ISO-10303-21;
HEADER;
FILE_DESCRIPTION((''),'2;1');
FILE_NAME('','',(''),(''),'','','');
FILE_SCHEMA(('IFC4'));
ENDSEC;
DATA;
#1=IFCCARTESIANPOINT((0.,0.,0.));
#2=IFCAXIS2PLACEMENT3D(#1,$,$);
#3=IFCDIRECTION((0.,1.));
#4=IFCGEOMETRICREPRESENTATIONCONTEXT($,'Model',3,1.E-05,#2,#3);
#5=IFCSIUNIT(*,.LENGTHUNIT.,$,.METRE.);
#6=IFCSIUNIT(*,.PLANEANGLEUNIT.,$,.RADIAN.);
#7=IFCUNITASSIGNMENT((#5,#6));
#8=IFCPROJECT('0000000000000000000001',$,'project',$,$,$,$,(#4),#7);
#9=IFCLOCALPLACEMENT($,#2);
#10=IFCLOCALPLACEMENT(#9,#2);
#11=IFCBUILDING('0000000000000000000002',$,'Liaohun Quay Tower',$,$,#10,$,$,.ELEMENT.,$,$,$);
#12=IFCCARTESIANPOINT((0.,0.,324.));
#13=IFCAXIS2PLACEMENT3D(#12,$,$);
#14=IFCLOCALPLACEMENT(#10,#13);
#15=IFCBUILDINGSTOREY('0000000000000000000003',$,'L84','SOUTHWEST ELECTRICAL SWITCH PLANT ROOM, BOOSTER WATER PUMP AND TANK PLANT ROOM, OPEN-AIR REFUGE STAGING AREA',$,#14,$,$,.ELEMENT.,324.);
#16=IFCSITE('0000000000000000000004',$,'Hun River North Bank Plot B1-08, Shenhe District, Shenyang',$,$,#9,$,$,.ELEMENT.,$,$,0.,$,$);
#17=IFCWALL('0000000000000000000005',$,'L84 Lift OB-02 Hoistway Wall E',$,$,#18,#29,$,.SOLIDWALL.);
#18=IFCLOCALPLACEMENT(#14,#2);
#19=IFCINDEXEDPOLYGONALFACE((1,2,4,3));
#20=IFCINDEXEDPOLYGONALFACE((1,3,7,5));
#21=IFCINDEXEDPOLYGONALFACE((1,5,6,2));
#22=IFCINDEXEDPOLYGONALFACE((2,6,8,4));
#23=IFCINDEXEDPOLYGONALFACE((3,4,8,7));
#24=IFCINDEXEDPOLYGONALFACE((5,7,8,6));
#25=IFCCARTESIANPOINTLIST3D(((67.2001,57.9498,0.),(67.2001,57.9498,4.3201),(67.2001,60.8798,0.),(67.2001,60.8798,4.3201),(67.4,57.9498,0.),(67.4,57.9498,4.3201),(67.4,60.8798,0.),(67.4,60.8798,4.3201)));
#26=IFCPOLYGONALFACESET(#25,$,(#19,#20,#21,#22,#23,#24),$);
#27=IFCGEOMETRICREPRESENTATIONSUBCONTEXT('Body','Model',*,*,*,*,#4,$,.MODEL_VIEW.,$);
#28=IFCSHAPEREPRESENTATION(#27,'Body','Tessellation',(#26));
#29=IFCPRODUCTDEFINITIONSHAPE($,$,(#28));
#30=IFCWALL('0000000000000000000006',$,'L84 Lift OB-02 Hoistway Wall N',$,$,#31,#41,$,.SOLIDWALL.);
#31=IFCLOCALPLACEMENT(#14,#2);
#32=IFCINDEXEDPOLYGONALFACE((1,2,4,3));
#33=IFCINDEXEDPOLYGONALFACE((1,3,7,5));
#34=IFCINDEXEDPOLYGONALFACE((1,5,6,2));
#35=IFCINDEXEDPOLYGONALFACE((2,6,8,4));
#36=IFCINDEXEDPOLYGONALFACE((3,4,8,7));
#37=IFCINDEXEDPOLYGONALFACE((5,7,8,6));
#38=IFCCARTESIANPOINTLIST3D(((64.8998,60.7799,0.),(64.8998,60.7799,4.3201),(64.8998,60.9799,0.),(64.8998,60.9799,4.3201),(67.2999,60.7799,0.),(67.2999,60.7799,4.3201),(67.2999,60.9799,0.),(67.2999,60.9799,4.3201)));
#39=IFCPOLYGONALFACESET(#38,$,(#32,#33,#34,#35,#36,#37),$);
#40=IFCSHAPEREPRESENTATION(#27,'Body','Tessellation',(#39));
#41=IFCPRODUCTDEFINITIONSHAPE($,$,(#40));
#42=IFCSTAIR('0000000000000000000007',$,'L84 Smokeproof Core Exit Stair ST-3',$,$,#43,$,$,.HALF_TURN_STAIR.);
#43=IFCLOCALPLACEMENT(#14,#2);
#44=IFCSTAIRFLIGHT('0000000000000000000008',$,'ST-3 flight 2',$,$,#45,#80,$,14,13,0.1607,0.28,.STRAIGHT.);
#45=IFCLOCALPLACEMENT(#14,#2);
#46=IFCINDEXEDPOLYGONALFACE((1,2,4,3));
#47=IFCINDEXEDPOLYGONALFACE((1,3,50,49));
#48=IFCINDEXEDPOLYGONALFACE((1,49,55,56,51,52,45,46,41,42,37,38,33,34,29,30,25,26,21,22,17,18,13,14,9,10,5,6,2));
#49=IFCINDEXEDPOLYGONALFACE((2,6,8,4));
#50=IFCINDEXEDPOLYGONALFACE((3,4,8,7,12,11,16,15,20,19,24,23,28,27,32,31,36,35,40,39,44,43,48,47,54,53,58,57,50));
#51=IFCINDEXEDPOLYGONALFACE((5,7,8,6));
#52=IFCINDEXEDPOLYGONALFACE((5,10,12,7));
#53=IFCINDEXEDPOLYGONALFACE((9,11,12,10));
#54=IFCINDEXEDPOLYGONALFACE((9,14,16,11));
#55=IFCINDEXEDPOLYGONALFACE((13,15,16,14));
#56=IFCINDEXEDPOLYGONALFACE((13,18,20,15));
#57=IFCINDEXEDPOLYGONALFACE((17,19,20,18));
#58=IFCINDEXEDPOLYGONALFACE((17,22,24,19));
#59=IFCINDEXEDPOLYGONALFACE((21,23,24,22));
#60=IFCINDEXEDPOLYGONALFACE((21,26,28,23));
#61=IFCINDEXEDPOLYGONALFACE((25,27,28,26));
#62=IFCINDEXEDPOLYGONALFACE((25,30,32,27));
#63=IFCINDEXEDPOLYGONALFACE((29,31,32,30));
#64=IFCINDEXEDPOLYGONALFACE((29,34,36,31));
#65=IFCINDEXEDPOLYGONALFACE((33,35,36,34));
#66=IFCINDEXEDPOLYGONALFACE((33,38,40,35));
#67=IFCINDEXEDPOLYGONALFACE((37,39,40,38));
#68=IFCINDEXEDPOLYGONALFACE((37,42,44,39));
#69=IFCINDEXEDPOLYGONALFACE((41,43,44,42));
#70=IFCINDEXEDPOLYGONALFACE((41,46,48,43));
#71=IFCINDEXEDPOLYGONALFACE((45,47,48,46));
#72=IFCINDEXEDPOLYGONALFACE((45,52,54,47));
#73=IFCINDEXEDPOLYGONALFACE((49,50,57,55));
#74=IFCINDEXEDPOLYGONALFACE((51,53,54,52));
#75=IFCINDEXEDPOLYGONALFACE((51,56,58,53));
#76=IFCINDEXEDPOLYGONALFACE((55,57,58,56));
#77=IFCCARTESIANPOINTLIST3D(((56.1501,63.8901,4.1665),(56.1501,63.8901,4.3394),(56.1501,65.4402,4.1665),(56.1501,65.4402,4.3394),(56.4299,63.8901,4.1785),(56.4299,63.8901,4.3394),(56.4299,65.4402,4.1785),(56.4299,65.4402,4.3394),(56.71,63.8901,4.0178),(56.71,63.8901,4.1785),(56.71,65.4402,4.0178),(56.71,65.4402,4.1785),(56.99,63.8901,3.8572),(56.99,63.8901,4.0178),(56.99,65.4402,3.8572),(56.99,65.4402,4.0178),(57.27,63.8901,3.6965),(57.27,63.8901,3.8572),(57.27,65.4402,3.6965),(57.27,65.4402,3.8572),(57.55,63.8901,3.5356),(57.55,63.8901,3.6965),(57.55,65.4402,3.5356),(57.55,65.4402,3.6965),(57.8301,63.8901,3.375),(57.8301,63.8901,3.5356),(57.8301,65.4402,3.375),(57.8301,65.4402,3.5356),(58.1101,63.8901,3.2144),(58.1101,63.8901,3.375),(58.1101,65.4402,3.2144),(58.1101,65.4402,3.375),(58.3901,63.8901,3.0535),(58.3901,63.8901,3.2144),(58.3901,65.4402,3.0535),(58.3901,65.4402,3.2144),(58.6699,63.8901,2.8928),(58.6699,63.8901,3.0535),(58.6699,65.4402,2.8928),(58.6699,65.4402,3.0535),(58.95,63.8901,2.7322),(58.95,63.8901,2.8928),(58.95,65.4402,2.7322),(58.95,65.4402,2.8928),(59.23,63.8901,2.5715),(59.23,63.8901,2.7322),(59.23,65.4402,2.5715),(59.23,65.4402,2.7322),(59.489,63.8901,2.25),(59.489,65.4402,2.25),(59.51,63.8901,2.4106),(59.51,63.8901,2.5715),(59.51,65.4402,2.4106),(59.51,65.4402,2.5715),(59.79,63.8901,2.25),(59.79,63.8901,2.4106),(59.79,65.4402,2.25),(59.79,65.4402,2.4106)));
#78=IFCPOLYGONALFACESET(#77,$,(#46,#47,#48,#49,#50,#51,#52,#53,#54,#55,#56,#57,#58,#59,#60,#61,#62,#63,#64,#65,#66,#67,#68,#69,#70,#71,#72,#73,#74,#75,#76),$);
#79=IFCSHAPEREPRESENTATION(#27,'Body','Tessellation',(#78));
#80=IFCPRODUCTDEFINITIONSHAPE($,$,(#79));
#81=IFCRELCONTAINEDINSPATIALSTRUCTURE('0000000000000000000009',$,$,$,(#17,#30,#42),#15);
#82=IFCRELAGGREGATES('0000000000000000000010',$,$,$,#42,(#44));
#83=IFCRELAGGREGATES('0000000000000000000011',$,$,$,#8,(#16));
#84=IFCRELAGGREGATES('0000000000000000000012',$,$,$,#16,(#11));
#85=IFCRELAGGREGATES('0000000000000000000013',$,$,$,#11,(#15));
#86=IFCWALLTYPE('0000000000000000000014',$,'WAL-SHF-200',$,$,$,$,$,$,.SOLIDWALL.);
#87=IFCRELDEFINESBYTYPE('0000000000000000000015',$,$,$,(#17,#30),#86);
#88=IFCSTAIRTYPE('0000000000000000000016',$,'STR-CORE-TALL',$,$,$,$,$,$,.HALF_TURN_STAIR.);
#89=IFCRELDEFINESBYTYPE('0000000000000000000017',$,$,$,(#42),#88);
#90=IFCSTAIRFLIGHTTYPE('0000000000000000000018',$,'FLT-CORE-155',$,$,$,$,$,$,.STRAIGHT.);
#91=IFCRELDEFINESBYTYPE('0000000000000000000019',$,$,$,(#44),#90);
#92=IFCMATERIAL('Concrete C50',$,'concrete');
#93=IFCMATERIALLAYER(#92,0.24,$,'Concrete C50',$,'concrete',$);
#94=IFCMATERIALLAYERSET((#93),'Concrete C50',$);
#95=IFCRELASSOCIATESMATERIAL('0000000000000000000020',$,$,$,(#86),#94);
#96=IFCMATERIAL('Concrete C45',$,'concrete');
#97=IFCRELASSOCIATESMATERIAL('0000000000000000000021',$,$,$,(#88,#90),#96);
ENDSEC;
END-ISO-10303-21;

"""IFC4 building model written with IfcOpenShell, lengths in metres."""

from ifc_helpers import new_model, si_unit, direction, frame, frame_2d, origin, place, context, subcontext, project, spatial, polyline, rectangle, outline, extrude, material, layer, layer_set, type_object, element, aggregate, save


model = new_model("IFC4")

# Units and contexts
model_context = context("Model", 3, precision=1e-05, world=origin(), true_north=direction((0.0, 1.0)))
body_context = subcontext(model_context, "Body", "Model", "MODEL_VIEW")
ifc_project = project(units=[si_unit("LENGTHUNIT", "METRE"), si_unit("PLANEANGLEUNIT", "RADIAN")], contexts=[model_context])

# Site, building, storey
site_placement = place(None, origin())
site = spatial("IfcSite", under=ifc_project, at=site_placement, Name="Hun River North Bank Plot B1-08, Shenhe District, Shenyang", CompositionType="ELEMENT", RefElevation=0.0)
building_placement = place(site_placement, origin())
building = spatial("IfcBuilding", under=site, at=building_placement, Name="Liaohun Quay Tower", CompositionType="ELEMENT")
storey_placement = place(building_placement, frame((0.0, 0.0, 324.0)))
storey = spatial("IfcBuildingStorey", under=building, at=storey_placement, Name="L84", Description="SOUTHWEST ELECTRICAL SWITCH PLANT ROOM, BOOSTER WATER PUMP AND TANK PLANT ROOM, OPEN-AIR REFUGE STAGING AREA", CompositionType="ELEMENT", Elevation=324.0)

# Shared definitions
ifc_material_1 = material(Name="Concrete C50", Category="concrete")

# Shared definitions
ifc_layer_1 = layer(ifc_material_1, 0.24, Name="Concrete C50", Category="concrete")
ifc_layer_set_1 = layer_set([ifc_layer_1], Name="Concrete C50")
wall_type_1 = type_object("IfcWallType", Name="WAL-SHF-200", PredefinedType="SOLIDWALL", material=ifc_layer_set_1)

# Walls
wall_1_placement = place(storey_placement, frame((67.3, 57.95, 0.0), z_axis=(0.0, 0.0, 1.0), x_axis=(0.0, 1.0, 0.0)))
element("IfcWall", 1, at=wall_1_placement, inside=storey, type_object=wall_type_1, Name="L84 Lift OB-02 Hoistway Wall E", PredefinedType="SOLIDWALL", context=body_context, shape_type="SweptSolid", body=[
    extrude(rectangle(XDim=2.9299, YDim=0.2, at=frame_2d((1.4648, 0.0))), origin(), (0.0, 0.0, 1.0), 4.3201),
])
wall_2_placement = place(storey_placement, frame((67.3, 60.8799, 0.0), z_axis=(0.0, 0.0, 1.0), x_axis=(-1.0, 0.0, 0.0)))
element("IfcWall", 2, at=wall_2_placement, inside=storey, type_object=wall_type_1, Name="L84 Lift OB-02 Hoistway Wall N", PredefinedType="SOLIDWALL", context=body_context, shape_type="SweptSolid", body=[
    extrude(rectangle(XDim=2.4001, YDim=0.2, at=frame_2d((1.2002, 0.0))), origin(), (0.0, 0.0, 1.0), 4.3201),
])

# Stair, stair flight
ifc_material_2 = material(Name="Concrete C45", Category="concrete")
stair_type = type_object("IfcStairType", Name="STR-CORE-TALL", PredefinedType="HALF_TURN_STAIR", material=ifc_material_2)
stair_placement = place(storey_placement, origin())
stair = element("IfcStair", 3, at=stair_placement, inside=storey, type_object=stair_type, Name="L84 Smokeproof Core Exit Stair ST-3", PredefinedType="HALF_TURN_STAIR")
stair_flight_type = type_object("IfcStairFlightType", Name="FLT-CORE-155", PredefinedType="STRAIGHT", material=ifc_material_2)
stair_flight_placement = place(storey_placement, frame((59.79, 64.665, 2.25), z_axis=(0.0, 0.0, 1.0), x_axis=(-1.0, 0.0, 0.0)))
stair_flight = element("IfcStairFlight", 4, at=stair_flight_placement, type_object=stair_flight_type, Name="ST-3 flight 2", NumberOfRisers=14, NumberOfTreads=13, PredefinedType="STRAIGHT", RiserHeight=0.1607, TreadLength=0.28, context=body_context, shape_type="SweptSolid", body=[
    extrude(outline(polyline([(0.0, 0.0), (0.0, 0.1606), (0.28, 0.1606), (0.28, 0.3215), (0.5601, 0.3215), (0.5601, 0.4822), (0.8401, 0.4822), (0.8401, 0.6428), (1.1201, 0.6428), (1.1201, 0.8035), (1.3999, 0.8035), (1.3999, 0.9644), (1.6799, 0.9644), (1.6799, 1.125), (1.96, 1.125), (1.96, 1.2856), (2.24, 1.2856), (2.24, 1.4465), (2.52, 1.4465), (2.52, 1.6072), (2.8, 1.6072), (2.8, 1.7678), (3.0801, 1.7678), (3.0801, 1.9285), (3.3601, 1.9285), (3.3601, 2.0894), (3.6399, 2.0894), (3.6399, 2.25), (3.6399, 1.9165), (0.301, 0.0), (0.0, 0.0)])), frame((0.0, 0.7749, 0.0), z_axis=(0.0, -1.0, 0.0), x_axis=(1.0, 0.0, 0.0)), (0.0, 0.0, 1.0), 1.55),
])
aggregate(stair, [stair_flight])

save(model, "model.ifc")
